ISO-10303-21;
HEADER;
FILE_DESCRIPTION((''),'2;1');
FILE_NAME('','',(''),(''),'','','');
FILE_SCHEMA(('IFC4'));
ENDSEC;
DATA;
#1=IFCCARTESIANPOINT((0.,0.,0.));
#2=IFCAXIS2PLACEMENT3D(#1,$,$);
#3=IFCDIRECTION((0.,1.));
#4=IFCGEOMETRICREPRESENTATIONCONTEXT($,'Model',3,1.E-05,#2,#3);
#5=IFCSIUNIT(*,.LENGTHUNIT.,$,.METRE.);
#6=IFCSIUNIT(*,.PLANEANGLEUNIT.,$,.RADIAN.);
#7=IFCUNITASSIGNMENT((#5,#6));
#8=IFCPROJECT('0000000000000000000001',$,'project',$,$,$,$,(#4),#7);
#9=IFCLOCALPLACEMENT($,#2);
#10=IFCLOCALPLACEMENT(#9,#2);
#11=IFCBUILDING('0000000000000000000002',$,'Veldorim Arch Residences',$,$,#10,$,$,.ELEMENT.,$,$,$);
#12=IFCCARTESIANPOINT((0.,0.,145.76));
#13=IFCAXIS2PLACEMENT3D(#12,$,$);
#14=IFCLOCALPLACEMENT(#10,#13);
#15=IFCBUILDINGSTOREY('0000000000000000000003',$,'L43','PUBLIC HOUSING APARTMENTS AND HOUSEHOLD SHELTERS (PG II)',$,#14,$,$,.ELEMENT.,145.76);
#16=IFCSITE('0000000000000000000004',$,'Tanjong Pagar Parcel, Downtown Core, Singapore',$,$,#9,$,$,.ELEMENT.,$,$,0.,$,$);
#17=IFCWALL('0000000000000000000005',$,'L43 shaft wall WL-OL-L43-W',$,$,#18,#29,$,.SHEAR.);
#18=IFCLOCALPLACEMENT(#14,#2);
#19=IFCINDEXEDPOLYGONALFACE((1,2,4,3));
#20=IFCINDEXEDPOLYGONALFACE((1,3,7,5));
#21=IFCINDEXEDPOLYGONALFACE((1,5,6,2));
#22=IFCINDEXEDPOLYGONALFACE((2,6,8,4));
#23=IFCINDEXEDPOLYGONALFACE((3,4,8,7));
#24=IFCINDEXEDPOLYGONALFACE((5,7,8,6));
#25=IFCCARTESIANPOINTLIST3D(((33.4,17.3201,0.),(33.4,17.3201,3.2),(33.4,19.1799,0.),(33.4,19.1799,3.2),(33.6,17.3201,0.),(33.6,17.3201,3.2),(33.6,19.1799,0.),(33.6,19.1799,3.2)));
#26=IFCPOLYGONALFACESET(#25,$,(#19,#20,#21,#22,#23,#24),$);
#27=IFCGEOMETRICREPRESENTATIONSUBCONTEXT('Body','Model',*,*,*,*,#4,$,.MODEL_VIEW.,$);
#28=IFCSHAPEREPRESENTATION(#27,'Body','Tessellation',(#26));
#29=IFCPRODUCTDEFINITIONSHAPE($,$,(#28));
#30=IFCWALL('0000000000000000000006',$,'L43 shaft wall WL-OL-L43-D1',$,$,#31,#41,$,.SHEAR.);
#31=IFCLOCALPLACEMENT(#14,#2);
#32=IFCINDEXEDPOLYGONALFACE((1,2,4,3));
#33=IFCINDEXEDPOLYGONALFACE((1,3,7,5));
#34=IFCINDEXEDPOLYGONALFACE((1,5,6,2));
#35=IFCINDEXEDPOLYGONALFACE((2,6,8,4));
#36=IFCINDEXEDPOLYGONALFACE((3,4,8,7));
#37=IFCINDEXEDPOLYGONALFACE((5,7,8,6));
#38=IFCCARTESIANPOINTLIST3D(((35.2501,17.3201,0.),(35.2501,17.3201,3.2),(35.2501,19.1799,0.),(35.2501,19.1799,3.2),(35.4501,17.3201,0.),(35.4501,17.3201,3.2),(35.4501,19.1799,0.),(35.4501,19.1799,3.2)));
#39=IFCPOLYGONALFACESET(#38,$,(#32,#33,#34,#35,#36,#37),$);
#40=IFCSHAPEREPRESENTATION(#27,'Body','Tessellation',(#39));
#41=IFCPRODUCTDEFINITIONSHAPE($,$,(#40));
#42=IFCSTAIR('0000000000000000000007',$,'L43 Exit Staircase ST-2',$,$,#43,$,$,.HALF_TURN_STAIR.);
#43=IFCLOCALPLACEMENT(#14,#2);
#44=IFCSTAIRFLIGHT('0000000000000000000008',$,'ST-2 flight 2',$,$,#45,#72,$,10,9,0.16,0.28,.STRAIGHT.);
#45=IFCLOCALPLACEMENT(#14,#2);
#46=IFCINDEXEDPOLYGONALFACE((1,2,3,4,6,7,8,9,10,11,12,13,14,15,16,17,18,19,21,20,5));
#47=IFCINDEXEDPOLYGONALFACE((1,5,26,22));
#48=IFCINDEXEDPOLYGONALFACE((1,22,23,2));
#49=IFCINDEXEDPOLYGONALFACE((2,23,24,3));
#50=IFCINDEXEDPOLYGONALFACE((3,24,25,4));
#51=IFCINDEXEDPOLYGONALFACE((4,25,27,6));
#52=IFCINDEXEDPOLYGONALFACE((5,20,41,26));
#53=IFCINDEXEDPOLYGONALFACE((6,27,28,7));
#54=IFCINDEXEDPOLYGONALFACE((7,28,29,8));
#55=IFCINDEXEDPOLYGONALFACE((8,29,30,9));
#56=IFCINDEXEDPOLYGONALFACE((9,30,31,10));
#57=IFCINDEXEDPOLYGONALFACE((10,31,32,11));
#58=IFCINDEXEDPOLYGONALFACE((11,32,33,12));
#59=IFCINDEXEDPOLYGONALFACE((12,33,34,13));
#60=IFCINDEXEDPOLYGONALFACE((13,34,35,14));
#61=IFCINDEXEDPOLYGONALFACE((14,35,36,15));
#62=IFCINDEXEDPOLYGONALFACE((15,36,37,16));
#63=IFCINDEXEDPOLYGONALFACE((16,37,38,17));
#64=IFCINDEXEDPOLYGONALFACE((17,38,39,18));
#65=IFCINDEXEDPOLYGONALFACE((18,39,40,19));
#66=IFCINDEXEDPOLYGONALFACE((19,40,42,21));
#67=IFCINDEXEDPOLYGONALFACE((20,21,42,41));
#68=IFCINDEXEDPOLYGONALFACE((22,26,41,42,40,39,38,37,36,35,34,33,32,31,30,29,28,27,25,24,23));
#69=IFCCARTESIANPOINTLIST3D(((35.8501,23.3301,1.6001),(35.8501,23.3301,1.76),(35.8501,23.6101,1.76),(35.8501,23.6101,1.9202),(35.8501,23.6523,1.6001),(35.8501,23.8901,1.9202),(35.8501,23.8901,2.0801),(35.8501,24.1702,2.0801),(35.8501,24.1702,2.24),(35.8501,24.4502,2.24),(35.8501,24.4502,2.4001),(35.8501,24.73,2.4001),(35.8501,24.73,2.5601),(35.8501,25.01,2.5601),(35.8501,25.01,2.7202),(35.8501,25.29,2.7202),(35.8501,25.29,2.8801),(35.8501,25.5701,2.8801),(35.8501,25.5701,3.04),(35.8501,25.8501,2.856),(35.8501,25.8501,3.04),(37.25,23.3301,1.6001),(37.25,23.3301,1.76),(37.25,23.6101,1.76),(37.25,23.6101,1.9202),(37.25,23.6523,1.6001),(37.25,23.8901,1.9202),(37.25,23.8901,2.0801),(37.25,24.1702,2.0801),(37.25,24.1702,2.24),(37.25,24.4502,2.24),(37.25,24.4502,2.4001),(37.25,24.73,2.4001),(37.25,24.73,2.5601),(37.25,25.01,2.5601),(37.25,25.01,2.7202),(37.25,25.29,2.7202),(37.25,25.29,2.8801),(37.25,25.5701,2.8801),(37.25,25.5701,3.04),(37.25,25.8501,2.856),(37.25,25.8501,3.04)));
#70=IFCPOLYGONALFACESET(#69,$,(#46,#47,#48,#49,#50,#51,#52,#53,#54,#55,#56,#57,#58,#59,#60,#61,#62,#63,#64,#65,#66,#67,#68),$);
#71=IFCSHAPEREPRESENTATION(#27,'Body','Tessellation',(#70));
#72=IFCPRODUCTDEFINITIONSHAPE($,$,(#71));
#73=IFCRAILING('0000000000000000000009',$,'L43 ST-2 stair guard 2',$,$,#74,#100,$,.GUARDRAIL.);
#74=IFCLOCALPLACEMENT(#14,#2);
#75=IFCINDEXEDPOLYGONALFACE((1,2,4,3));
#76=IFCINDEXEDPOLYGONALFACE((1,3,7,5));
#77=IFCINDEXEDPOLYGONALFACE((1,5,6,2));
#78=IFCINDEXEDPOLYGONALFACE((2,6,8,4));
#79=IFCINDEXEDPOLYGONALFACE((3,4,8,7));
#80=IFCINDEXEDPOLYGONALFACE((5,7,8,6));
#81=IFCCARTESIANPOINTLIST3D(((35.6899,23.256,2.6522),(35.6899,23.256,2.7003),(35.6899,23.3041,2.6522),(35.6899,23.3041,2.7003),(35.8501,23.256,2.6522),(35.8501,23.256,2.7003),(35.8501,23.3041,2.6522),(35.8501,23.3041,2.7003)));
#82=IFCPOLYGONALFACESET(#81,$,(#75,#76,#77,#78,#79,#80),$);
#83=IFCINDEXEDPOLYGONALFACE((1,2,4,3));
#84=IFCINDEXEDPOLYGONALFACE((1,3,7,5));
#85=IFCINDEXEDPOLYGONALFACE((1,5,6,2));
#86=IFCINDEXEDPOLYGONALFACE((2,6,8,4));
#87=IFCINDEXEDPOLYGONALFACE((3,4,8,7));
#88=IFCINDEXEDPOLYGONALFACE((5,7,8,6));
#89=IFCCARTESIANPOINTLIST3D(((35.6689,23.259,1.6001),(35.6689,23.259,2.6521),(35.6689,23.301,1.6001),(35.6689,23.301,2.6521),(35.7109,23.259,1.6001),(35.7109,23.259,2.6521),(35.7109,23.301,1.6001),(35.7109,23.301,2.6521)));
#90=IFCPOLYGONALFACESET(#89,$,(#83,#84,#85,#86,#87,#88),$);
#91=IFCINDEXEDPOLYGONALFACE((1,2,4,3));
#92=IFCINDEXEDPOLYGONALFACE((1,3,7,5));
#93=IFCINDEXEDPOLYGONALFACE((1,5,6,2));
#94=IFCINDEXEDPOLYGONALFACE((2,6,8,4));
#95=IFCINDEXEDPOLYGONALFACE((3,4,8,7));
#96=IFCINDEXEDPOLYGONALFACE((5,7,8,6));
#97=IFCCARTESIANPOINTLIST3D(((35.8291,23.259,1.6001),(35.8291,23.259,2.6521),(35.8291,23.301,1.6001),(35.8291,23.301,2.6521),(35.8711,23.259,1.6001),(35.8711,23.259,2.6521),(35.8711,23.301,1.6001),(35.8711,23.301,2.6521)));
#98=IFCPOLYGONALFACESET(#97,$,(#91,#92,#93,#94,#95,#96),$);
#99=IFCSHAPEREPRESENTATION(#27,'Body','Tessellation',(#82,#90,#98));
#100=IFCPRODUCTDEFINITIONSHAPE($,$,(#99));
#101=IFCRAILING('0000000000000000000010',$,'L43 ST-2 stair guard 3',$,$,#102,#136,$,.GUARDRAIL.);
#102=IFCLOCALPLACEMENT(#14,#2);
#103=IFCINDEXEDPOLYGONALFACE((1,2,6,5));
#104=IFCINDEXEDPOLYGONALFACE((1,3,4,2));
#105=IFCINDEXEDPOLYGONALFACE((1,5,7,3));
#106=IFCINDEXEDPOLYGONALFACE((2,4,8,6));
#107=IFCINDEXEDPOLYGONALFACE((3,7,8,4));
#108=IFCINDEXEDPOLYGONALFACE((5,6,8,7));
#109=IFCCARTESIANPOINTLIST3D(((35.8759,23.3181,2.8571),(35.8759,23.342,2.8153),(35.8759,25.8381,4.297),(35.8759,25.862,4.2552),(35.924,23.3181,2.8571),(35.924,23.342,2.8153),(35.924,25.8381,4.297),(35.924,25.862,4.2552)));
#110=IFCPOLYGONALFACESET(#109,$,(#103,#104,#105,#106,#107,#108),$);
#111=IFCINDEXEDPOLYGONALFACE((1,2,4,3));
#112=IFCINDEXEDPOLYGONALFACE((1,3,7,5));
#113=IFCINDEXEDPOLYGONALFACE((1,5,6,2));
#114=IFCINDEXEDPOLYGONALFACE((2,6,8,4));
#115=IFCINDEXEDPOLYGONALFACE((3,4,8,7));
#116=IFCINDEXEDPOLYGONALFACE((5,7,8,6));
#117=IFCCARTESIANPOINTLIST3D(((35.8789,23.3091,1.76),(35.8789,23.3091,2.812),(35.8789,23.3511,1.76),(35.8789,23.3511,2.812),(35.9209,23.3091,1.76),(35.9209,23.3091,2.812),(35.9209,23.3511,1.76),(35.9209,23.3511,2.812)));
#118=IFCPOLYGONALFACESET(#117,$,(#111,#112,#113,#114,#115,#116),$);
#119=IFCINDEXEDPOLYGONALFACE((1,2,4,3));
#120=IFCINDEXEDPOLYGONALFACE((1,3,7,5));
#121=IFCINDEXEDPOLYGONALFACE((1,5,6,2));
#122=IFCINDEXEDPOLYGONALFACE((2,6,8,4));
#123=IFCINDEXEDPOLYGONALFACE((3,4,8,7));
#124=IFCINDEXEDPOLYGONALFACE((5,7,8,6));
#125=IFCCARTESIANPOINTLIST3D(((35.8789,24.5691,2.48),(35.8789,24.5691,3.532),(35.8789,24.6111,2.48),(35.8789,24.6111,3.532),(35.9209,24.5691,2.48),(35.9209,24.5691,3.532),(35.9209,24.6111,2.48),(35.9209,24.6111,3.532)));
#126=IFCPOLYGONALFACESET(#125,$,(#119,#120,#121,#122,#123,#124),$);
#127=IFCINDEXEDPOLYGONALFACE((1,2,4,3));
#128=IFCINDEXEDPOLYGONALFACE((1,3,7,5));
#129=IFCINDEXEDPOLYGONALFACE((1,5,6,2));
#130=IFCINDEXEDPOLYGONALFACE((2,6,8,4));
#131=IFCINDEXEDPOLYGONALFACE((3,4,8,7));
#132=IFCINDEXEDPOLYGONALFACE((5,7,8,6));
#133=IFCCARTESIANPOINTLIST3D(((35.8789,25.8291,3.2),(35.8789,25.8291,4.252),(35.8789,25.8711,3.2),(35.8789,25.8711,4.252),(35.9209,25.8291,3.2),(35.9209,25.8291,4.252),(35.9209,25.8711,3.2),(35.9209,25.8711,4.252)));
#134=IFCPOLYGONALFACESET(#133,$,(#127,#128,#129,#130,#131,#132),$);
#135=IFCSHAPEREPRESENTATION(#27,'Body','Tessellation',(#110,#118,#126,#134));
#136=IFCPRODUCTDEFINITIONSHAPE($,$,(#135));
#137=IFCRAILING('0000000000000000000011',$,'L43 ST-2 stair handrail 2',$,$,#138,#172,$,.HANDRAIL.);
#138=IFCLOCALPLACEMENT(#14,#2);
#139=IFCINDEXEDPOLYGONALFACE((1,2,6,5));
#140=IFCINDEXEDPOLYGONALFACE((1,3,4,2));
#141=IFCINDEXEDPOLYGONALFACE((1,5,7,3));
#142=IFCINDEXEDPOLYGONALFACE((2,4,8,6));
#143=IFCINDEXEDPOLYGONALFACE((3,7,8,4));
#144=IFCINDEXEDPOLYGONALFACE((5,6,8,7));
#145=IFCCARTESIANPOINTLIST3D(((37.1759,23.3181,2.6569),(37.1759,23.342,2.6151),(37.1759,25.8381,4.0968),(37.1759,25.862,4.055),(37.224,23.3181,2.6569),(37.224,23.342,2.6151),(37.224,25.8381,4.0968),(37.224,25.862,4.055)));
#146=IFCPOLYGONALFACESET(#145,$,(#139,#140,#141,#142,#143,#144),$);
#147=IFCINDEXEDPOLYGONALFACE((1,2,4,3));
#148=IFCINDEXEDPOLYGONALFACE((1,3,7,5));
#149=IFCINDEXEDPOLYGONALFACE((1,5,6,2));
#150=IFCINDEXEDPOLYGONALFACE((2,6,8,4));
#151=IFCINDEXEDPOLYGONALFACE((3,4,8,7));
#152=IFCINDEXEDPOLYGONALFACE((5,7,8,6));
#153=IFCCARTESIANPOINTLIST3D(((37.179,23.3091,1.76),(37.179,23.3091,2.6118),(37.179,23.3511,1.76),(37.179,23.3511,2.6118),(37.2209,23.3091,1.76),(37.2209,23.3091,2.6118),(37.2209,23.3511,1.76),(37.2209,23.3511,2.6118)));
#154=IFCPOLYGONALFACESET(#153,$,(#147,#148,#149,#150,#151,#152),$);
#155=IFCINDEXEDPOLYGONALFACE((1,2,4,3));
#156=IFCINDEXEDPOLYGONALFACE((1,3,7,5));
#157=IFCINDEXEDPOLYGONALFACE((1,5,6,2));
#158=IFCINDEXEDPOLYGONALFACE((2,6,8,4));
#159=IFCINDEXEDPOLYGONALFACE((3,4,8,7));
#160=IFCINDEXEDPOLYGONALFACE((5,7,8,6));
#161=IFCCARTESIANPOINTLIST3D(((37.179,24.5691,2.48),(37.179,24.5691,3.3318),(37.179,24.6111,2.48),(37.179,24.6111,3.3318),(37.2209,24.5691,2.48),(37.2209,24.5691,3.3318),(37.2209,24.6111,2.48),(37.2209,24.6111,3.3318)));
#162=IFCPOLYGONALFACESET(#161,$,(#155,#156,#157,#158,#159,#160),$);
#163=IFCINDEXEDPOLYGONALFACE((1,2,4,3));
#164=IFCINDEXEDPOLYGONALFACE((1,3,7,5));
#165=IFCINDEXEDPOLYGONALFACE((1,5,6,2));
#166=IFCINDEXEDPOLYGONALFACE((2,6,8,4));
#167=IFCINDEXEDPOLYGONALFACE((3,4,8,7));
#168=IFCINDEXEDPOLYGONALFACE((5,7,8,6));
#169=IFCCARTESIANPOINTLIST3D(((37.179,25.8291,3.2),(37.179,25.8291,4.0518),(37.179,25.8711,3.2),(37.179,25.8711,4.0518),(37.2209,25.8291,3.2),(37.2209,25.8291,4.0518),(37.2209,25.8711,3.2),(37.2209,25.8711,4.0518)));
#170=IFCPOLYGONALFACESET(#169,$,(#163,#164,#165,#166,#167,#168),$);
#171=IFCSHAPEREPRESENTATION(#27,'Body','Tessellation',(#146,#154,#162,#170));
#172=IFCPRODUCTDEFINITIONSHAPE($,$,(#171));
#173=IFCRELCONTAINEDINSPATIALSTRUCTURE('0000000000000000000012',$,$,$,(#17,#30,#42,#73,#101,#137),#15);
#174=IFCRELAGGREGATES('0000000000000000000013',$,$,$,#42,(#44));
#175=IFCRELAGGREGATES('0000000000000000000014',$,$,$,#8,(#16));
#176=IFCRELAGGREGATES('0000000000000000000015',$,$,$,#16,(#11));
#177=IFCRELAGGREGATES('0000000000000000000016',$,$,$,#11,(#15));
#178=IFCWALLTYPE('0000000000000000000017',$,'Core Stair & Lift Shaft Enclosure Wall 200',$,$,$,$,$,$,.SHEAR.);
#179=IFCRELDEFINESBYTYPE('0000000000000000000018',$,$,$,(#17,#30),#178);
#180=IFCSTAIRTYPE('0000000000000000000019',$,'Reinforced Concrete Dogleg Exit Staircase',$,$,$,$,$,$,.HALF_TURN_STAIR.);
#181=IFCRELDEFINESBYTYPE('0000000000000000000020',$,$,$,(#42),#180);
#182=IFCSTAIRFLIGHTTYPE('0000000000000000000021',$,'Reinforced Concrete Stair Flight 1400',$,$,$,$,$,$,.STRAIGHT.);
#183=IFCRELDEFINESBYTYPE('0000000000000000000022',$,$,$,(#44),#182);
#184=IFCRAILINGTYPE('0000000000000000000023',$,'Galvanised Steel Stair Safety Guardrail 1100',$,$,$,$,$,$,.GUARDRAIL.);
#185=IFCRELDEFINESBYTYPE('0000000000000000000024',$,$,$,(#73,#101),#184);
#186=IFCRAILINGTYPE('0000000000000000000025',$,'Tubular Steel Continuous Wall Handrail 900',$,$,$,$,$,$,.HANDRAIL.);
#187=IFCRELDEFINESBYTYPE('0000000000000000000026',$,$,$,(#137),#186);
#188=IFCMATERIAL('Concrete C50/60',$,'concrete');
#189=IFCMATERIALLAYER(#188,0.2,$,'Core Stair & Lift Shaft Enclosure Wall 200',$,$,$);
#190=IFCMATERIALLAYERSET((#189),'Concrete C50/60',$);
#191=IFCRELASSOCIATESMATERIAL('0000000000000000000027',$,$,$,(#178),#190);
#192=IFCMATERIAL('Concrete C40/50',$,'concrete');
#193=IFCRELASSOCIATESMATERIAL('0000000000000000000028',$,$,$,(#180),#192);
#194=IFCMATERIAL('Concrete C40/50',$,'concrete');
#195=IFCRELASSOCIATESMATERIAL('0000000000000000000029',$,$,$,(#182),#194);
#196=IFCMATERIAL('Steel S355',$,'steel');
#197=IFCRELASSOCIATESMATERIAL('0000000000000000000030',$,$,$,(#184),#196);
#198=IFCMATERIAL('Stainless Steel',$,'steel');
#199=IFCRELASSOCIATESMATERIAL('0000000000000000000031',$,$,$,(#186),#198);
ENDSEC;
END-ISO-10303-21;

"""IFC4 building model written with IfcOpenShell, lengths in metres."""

from ifc_helpers import new_model, si_unit, direction, frame, frame_2d, origin, origin_2d, place, context, subcontext, project, spatial, polyline, rectangle, outline, extrude, material, layer, layer_set, type_object, element, aggregate, save


model = new_model("IFC4")

# Units and contexts
model_context = context("Model", 3, precision=1e-05, world=origin(), true_north=direction((0.0, 1.0)))
body_context = subcontext(model_context, "Body", "Model", "MODEL_VIEW")
ifc_project = project(units=[si_unit("LENGTHUNIT", "METRE"), si_unit("PLANEANGLEUNIT", "RADIAN")], contexts=[model_context])

# Site, building, storey
site_placement = place(None, origin())
site = spatial("IfcSite", under=ifc_project, at=site_placement, Name="Tanjong Pagar Parcel, Downtown Core, Singapore", CompositionType="ELEMENT", RefElevation=0.0)
building_placement = place(site_placement, origin())
building = spatial("IfcBuilding", under=site, at=building_placement, Name="Veldorim Arch Residences", CompositionType="ELEMENT")
storey_placement = place(building_placement, frame((0.0, 0.0, 145.76)))
storey = spatial("IfcBuildingStorey", under=building, at=storey_placement, Name="L43", Description="PUBLIC HOUSING APARTMENTS AND HOUSEHOLD SHELTERS (PG II)", CompositionType="ELEMENT", Elevation=145.76)

# Shared definitions
ifc_material_1 = material(Name="Concrete C50/60", Category="concrete")
ifc_layer_1 = layer(ifc_material_1, 0.2, Name="Core Stair & Lift Shaft Enclosure Wall 200")
ifc_layer_set_1 = layer_set([ifc_layer_1], Name="Concrete C50/60")
wall_type_1 = type_object("IfcWallType", Name="Core Stair & Lift Shaft Enclosure Wall 200", PredefinedType="SHEAR", material=ifc_layer_set_1)

# Walls
for number, where, z_axis, x_axis, name in (
    (1, (33.5, 17.3201, 0.0), (0.0, 0.0, 1.0), (0.0, 1.0, 0.0), "L43 shaft wall WL-OL-L43-W"),
    (2, (35.3501, 17.3201, 0.0), (0.0, 0.0, 1.0), (0.0, 1.0, 0.0), "L43 shaft wall WL-OL-L43-D1"),
):
    element("IfcWall", number, at=place(storey_placement, frame(where, z_axis=z_axis, x_axis=x_axis)), inside=storey, type_object=wall_type_1, Name=name, PredefinedType="SHEAR", context=body_context, shape_type="SweptSolid", body=[
        extrude(rectangle(XDim=1.8599, YDim=0.2, at=frame_2d((0.9299, 0.0))), origin(), (0.0, 0.0, 1.0), 3.2),
    ])

# Stair, stair flight
ifc_material_2 = material(Name="Concrete C40/50", Category="concrete")
stair_type = type_object("IfcStairType", Name="Reinforced Concrete Dogleg Exit Staircase", PredefinedType="HALF_TURN_STAIR", material=ifc_material_2)
stair_placement = place(storey_placement, origin())
stair = element("IfcStair", 3, at=stair_placement, inside=storey, type_object=stair_type, Name="L43 Exit Staircase ST-2", PredefinedType="HALF_TURN_STAIR")
ifc_material_3 = material(Name="Concrete C40/50", Category="concrete")
stair_flight_type = type_object("IfcStairFlightType", Name="Reinforced Concrete Stair Flight 1400", PredefinedType="STRAIGHT", material=ifc_material_3)
stair_flight_placement = place(storey_placement, frame((36.55, 23.3301, 1.6001), z_axis=(0.0, 0.0, 1.0), x_axis=(0.0, 1.0, 0.0)))
stair_flight = element("IfcStairFlight", 4, at=stair_flight_placement, type_object=stair_flight_type, Name="ST-2 flight 2", NumberOfRisers=10, NumberOfTreads=9, PredefinedType="STRAIGHT", RiserHeight=0.16, TreadLength=0.28, context=body_context, shape_type="SweptSolid", body=[
    extrude(outline(polyline([(0.0, 0.0), (0.0, 0.1599), (0.28, 0.1599), (0.28, 0.3201), (0.5601, 0.3201), (0.5601, 0.48), (0.8401, 0.48), (0.8401, 0.6399), (1.1201, 0.6399), (1.1201, 0.8), (1.3999, 0.8), (1.3999, 0.96), (1.6799, 0.96), (1.6799, 1.1201), (1.96, 1.1201), (1.96, 1.28), (2.24, 1.28), (2.24, 1.4399), (2.52, 1.4399), (2.52, 1.6001), (2.52, 1.2559), (0.3223, 0.0), (0.0, 0.0)])), frame((0.0, 0.7, 0.0), z_axis=(0.0, -1.0, 0.0), x_axis=(1.0, 0.0, 0.0)), (0.0, 0.0, 1.0), 1.3999),
])
aggregate(stair, [stair_flight])

# Railings
ifc_material_4 = material(Name="Steel S355", Category="steel")
railing_type_1 = type_object("IfcRailingType", Name="Galvanised Steel Stair Safety Guardrail 1100", PredefinedType="GUARDRAIL", material=ifc_material_4)
railing_1_placement = place(storey_placement, frame((35.6899, 23.28, 1.6001)))
element("IfcRailing", 5, at=railing_1_placement, inside=storey, type_object=railing_type_1, Name="L43 ST-2 stair guard 2", PredefinedType="GUARDRAIL", context=body_context, shape_type="SweptSolid", body=[
    extrude(rectangle(XDim=0.0481, YDim=0.0481, at=origin_2d()), frame((0.0, 0.0, 1.0762), z_axis=(1.0, 0.0, 0.0), x_axis=(0.0, 1.0, 0.0)), (0.0, 0.0, 1.0), 0.1602),
    extrude(rectangle(XDim=0.042, YDim=0.042, at=origin_2d()), origin(), (0.0, 0.0, 1.0), 1.052),
    extrude(rectangle(XDim=0.042, YDim=0.042, at=origin_2d()), frame((0.1602, 0.0, 0.0)), (0.0, 0.0, 1.0), 1.052),
])
railing_2_placement = place(storey_placement, frame((35.8999, 23.3301, 1.76)))
element("IfcRailing", 6, at=railing_2_placement, inside=storey, type_object=railing_type_1, Name="L43 ST-2 stair guard 3", PredefinedType="GUARDRAIL", context=body_context, shape_type="SweptSolid", body=[
    extrude(rectangle(XDim=0.0481, YDim=0.0481, at=origin_2d()), frame((0.0, 0.0, 1.0762), z_axis=(0.0, 0.868253, 0.496121), x_axis=(-1.0, 0.0, 0.0)), (0.0, 0.0, 1.0), 2.9023),
    extrude(rectangle(XDim=0.042, YDim=0.042, at=origin_2d()), origin(), (0.0, 0.0, 1.0), 1.052),
    extrude(rectangle(XDim=0.042, YDim=0.042, at=origin_2d()), frame((0.0, 1.26, 0.72)), (0.0, 0.0, 1.0), 1.052),
    extrude(rectangle(XDim=0.042, YDim=0.042, at=origin_2d()), frame((0.0, 2.52, 1.4399)), (0.0, 0.0, 1.0), 1.052),
])
ifc_material_5 = material(Name="Stainless Steel", Category="steel")
railing_type_2 = type_object("IfcRailingType", Name="Tubular Steel Continuous Wall Handrail 900", PredefinedType="HANDRAIL", material=ifc_material_5)
railing_3_placement = place(storey_placement, frame((37.2, 23.3301, 1.76)))
element("IfcRailing", 7, at=railing_3_placement, inside=storey, type_object=railing_type_2, Name="L43 ST-2 stair handrail 2", PredefinedType="HANDRAIL", context=body_context, shape_type="SweptSolid", body=[
    extrude(rectangle(XDim=0.0481, YDim=0.0481, at=origin_2d()), frame((0.0, 0.0, 0.876), z_axis=(0.0, 0.868253, 0.496121), x_axis=(-1.0, 0.0, 0.0)), (0.0, 0.0, 1.0), 2.9023),
    extrude(rectangle(XDim=0.042, YDim=0.042, at=origin_2d()), origin(), (0.0, 0.0, 1.0), 0.8518),
    extrude(rectangle(XDim=0.042, YDim=0.042, at=origin_2d()), frame((0.0, 1.26, 0.72)), (0.0, 0.0, 1.0), 0.8518),
    extrude(rectangle(XDim=0.042, YDim=0.042, at=origin_2d()), frame((0.0, 2.52, 1.4399)), (0.0, 0.0, 1.0), 0.8518),
])

save(model, "model.ifc")
